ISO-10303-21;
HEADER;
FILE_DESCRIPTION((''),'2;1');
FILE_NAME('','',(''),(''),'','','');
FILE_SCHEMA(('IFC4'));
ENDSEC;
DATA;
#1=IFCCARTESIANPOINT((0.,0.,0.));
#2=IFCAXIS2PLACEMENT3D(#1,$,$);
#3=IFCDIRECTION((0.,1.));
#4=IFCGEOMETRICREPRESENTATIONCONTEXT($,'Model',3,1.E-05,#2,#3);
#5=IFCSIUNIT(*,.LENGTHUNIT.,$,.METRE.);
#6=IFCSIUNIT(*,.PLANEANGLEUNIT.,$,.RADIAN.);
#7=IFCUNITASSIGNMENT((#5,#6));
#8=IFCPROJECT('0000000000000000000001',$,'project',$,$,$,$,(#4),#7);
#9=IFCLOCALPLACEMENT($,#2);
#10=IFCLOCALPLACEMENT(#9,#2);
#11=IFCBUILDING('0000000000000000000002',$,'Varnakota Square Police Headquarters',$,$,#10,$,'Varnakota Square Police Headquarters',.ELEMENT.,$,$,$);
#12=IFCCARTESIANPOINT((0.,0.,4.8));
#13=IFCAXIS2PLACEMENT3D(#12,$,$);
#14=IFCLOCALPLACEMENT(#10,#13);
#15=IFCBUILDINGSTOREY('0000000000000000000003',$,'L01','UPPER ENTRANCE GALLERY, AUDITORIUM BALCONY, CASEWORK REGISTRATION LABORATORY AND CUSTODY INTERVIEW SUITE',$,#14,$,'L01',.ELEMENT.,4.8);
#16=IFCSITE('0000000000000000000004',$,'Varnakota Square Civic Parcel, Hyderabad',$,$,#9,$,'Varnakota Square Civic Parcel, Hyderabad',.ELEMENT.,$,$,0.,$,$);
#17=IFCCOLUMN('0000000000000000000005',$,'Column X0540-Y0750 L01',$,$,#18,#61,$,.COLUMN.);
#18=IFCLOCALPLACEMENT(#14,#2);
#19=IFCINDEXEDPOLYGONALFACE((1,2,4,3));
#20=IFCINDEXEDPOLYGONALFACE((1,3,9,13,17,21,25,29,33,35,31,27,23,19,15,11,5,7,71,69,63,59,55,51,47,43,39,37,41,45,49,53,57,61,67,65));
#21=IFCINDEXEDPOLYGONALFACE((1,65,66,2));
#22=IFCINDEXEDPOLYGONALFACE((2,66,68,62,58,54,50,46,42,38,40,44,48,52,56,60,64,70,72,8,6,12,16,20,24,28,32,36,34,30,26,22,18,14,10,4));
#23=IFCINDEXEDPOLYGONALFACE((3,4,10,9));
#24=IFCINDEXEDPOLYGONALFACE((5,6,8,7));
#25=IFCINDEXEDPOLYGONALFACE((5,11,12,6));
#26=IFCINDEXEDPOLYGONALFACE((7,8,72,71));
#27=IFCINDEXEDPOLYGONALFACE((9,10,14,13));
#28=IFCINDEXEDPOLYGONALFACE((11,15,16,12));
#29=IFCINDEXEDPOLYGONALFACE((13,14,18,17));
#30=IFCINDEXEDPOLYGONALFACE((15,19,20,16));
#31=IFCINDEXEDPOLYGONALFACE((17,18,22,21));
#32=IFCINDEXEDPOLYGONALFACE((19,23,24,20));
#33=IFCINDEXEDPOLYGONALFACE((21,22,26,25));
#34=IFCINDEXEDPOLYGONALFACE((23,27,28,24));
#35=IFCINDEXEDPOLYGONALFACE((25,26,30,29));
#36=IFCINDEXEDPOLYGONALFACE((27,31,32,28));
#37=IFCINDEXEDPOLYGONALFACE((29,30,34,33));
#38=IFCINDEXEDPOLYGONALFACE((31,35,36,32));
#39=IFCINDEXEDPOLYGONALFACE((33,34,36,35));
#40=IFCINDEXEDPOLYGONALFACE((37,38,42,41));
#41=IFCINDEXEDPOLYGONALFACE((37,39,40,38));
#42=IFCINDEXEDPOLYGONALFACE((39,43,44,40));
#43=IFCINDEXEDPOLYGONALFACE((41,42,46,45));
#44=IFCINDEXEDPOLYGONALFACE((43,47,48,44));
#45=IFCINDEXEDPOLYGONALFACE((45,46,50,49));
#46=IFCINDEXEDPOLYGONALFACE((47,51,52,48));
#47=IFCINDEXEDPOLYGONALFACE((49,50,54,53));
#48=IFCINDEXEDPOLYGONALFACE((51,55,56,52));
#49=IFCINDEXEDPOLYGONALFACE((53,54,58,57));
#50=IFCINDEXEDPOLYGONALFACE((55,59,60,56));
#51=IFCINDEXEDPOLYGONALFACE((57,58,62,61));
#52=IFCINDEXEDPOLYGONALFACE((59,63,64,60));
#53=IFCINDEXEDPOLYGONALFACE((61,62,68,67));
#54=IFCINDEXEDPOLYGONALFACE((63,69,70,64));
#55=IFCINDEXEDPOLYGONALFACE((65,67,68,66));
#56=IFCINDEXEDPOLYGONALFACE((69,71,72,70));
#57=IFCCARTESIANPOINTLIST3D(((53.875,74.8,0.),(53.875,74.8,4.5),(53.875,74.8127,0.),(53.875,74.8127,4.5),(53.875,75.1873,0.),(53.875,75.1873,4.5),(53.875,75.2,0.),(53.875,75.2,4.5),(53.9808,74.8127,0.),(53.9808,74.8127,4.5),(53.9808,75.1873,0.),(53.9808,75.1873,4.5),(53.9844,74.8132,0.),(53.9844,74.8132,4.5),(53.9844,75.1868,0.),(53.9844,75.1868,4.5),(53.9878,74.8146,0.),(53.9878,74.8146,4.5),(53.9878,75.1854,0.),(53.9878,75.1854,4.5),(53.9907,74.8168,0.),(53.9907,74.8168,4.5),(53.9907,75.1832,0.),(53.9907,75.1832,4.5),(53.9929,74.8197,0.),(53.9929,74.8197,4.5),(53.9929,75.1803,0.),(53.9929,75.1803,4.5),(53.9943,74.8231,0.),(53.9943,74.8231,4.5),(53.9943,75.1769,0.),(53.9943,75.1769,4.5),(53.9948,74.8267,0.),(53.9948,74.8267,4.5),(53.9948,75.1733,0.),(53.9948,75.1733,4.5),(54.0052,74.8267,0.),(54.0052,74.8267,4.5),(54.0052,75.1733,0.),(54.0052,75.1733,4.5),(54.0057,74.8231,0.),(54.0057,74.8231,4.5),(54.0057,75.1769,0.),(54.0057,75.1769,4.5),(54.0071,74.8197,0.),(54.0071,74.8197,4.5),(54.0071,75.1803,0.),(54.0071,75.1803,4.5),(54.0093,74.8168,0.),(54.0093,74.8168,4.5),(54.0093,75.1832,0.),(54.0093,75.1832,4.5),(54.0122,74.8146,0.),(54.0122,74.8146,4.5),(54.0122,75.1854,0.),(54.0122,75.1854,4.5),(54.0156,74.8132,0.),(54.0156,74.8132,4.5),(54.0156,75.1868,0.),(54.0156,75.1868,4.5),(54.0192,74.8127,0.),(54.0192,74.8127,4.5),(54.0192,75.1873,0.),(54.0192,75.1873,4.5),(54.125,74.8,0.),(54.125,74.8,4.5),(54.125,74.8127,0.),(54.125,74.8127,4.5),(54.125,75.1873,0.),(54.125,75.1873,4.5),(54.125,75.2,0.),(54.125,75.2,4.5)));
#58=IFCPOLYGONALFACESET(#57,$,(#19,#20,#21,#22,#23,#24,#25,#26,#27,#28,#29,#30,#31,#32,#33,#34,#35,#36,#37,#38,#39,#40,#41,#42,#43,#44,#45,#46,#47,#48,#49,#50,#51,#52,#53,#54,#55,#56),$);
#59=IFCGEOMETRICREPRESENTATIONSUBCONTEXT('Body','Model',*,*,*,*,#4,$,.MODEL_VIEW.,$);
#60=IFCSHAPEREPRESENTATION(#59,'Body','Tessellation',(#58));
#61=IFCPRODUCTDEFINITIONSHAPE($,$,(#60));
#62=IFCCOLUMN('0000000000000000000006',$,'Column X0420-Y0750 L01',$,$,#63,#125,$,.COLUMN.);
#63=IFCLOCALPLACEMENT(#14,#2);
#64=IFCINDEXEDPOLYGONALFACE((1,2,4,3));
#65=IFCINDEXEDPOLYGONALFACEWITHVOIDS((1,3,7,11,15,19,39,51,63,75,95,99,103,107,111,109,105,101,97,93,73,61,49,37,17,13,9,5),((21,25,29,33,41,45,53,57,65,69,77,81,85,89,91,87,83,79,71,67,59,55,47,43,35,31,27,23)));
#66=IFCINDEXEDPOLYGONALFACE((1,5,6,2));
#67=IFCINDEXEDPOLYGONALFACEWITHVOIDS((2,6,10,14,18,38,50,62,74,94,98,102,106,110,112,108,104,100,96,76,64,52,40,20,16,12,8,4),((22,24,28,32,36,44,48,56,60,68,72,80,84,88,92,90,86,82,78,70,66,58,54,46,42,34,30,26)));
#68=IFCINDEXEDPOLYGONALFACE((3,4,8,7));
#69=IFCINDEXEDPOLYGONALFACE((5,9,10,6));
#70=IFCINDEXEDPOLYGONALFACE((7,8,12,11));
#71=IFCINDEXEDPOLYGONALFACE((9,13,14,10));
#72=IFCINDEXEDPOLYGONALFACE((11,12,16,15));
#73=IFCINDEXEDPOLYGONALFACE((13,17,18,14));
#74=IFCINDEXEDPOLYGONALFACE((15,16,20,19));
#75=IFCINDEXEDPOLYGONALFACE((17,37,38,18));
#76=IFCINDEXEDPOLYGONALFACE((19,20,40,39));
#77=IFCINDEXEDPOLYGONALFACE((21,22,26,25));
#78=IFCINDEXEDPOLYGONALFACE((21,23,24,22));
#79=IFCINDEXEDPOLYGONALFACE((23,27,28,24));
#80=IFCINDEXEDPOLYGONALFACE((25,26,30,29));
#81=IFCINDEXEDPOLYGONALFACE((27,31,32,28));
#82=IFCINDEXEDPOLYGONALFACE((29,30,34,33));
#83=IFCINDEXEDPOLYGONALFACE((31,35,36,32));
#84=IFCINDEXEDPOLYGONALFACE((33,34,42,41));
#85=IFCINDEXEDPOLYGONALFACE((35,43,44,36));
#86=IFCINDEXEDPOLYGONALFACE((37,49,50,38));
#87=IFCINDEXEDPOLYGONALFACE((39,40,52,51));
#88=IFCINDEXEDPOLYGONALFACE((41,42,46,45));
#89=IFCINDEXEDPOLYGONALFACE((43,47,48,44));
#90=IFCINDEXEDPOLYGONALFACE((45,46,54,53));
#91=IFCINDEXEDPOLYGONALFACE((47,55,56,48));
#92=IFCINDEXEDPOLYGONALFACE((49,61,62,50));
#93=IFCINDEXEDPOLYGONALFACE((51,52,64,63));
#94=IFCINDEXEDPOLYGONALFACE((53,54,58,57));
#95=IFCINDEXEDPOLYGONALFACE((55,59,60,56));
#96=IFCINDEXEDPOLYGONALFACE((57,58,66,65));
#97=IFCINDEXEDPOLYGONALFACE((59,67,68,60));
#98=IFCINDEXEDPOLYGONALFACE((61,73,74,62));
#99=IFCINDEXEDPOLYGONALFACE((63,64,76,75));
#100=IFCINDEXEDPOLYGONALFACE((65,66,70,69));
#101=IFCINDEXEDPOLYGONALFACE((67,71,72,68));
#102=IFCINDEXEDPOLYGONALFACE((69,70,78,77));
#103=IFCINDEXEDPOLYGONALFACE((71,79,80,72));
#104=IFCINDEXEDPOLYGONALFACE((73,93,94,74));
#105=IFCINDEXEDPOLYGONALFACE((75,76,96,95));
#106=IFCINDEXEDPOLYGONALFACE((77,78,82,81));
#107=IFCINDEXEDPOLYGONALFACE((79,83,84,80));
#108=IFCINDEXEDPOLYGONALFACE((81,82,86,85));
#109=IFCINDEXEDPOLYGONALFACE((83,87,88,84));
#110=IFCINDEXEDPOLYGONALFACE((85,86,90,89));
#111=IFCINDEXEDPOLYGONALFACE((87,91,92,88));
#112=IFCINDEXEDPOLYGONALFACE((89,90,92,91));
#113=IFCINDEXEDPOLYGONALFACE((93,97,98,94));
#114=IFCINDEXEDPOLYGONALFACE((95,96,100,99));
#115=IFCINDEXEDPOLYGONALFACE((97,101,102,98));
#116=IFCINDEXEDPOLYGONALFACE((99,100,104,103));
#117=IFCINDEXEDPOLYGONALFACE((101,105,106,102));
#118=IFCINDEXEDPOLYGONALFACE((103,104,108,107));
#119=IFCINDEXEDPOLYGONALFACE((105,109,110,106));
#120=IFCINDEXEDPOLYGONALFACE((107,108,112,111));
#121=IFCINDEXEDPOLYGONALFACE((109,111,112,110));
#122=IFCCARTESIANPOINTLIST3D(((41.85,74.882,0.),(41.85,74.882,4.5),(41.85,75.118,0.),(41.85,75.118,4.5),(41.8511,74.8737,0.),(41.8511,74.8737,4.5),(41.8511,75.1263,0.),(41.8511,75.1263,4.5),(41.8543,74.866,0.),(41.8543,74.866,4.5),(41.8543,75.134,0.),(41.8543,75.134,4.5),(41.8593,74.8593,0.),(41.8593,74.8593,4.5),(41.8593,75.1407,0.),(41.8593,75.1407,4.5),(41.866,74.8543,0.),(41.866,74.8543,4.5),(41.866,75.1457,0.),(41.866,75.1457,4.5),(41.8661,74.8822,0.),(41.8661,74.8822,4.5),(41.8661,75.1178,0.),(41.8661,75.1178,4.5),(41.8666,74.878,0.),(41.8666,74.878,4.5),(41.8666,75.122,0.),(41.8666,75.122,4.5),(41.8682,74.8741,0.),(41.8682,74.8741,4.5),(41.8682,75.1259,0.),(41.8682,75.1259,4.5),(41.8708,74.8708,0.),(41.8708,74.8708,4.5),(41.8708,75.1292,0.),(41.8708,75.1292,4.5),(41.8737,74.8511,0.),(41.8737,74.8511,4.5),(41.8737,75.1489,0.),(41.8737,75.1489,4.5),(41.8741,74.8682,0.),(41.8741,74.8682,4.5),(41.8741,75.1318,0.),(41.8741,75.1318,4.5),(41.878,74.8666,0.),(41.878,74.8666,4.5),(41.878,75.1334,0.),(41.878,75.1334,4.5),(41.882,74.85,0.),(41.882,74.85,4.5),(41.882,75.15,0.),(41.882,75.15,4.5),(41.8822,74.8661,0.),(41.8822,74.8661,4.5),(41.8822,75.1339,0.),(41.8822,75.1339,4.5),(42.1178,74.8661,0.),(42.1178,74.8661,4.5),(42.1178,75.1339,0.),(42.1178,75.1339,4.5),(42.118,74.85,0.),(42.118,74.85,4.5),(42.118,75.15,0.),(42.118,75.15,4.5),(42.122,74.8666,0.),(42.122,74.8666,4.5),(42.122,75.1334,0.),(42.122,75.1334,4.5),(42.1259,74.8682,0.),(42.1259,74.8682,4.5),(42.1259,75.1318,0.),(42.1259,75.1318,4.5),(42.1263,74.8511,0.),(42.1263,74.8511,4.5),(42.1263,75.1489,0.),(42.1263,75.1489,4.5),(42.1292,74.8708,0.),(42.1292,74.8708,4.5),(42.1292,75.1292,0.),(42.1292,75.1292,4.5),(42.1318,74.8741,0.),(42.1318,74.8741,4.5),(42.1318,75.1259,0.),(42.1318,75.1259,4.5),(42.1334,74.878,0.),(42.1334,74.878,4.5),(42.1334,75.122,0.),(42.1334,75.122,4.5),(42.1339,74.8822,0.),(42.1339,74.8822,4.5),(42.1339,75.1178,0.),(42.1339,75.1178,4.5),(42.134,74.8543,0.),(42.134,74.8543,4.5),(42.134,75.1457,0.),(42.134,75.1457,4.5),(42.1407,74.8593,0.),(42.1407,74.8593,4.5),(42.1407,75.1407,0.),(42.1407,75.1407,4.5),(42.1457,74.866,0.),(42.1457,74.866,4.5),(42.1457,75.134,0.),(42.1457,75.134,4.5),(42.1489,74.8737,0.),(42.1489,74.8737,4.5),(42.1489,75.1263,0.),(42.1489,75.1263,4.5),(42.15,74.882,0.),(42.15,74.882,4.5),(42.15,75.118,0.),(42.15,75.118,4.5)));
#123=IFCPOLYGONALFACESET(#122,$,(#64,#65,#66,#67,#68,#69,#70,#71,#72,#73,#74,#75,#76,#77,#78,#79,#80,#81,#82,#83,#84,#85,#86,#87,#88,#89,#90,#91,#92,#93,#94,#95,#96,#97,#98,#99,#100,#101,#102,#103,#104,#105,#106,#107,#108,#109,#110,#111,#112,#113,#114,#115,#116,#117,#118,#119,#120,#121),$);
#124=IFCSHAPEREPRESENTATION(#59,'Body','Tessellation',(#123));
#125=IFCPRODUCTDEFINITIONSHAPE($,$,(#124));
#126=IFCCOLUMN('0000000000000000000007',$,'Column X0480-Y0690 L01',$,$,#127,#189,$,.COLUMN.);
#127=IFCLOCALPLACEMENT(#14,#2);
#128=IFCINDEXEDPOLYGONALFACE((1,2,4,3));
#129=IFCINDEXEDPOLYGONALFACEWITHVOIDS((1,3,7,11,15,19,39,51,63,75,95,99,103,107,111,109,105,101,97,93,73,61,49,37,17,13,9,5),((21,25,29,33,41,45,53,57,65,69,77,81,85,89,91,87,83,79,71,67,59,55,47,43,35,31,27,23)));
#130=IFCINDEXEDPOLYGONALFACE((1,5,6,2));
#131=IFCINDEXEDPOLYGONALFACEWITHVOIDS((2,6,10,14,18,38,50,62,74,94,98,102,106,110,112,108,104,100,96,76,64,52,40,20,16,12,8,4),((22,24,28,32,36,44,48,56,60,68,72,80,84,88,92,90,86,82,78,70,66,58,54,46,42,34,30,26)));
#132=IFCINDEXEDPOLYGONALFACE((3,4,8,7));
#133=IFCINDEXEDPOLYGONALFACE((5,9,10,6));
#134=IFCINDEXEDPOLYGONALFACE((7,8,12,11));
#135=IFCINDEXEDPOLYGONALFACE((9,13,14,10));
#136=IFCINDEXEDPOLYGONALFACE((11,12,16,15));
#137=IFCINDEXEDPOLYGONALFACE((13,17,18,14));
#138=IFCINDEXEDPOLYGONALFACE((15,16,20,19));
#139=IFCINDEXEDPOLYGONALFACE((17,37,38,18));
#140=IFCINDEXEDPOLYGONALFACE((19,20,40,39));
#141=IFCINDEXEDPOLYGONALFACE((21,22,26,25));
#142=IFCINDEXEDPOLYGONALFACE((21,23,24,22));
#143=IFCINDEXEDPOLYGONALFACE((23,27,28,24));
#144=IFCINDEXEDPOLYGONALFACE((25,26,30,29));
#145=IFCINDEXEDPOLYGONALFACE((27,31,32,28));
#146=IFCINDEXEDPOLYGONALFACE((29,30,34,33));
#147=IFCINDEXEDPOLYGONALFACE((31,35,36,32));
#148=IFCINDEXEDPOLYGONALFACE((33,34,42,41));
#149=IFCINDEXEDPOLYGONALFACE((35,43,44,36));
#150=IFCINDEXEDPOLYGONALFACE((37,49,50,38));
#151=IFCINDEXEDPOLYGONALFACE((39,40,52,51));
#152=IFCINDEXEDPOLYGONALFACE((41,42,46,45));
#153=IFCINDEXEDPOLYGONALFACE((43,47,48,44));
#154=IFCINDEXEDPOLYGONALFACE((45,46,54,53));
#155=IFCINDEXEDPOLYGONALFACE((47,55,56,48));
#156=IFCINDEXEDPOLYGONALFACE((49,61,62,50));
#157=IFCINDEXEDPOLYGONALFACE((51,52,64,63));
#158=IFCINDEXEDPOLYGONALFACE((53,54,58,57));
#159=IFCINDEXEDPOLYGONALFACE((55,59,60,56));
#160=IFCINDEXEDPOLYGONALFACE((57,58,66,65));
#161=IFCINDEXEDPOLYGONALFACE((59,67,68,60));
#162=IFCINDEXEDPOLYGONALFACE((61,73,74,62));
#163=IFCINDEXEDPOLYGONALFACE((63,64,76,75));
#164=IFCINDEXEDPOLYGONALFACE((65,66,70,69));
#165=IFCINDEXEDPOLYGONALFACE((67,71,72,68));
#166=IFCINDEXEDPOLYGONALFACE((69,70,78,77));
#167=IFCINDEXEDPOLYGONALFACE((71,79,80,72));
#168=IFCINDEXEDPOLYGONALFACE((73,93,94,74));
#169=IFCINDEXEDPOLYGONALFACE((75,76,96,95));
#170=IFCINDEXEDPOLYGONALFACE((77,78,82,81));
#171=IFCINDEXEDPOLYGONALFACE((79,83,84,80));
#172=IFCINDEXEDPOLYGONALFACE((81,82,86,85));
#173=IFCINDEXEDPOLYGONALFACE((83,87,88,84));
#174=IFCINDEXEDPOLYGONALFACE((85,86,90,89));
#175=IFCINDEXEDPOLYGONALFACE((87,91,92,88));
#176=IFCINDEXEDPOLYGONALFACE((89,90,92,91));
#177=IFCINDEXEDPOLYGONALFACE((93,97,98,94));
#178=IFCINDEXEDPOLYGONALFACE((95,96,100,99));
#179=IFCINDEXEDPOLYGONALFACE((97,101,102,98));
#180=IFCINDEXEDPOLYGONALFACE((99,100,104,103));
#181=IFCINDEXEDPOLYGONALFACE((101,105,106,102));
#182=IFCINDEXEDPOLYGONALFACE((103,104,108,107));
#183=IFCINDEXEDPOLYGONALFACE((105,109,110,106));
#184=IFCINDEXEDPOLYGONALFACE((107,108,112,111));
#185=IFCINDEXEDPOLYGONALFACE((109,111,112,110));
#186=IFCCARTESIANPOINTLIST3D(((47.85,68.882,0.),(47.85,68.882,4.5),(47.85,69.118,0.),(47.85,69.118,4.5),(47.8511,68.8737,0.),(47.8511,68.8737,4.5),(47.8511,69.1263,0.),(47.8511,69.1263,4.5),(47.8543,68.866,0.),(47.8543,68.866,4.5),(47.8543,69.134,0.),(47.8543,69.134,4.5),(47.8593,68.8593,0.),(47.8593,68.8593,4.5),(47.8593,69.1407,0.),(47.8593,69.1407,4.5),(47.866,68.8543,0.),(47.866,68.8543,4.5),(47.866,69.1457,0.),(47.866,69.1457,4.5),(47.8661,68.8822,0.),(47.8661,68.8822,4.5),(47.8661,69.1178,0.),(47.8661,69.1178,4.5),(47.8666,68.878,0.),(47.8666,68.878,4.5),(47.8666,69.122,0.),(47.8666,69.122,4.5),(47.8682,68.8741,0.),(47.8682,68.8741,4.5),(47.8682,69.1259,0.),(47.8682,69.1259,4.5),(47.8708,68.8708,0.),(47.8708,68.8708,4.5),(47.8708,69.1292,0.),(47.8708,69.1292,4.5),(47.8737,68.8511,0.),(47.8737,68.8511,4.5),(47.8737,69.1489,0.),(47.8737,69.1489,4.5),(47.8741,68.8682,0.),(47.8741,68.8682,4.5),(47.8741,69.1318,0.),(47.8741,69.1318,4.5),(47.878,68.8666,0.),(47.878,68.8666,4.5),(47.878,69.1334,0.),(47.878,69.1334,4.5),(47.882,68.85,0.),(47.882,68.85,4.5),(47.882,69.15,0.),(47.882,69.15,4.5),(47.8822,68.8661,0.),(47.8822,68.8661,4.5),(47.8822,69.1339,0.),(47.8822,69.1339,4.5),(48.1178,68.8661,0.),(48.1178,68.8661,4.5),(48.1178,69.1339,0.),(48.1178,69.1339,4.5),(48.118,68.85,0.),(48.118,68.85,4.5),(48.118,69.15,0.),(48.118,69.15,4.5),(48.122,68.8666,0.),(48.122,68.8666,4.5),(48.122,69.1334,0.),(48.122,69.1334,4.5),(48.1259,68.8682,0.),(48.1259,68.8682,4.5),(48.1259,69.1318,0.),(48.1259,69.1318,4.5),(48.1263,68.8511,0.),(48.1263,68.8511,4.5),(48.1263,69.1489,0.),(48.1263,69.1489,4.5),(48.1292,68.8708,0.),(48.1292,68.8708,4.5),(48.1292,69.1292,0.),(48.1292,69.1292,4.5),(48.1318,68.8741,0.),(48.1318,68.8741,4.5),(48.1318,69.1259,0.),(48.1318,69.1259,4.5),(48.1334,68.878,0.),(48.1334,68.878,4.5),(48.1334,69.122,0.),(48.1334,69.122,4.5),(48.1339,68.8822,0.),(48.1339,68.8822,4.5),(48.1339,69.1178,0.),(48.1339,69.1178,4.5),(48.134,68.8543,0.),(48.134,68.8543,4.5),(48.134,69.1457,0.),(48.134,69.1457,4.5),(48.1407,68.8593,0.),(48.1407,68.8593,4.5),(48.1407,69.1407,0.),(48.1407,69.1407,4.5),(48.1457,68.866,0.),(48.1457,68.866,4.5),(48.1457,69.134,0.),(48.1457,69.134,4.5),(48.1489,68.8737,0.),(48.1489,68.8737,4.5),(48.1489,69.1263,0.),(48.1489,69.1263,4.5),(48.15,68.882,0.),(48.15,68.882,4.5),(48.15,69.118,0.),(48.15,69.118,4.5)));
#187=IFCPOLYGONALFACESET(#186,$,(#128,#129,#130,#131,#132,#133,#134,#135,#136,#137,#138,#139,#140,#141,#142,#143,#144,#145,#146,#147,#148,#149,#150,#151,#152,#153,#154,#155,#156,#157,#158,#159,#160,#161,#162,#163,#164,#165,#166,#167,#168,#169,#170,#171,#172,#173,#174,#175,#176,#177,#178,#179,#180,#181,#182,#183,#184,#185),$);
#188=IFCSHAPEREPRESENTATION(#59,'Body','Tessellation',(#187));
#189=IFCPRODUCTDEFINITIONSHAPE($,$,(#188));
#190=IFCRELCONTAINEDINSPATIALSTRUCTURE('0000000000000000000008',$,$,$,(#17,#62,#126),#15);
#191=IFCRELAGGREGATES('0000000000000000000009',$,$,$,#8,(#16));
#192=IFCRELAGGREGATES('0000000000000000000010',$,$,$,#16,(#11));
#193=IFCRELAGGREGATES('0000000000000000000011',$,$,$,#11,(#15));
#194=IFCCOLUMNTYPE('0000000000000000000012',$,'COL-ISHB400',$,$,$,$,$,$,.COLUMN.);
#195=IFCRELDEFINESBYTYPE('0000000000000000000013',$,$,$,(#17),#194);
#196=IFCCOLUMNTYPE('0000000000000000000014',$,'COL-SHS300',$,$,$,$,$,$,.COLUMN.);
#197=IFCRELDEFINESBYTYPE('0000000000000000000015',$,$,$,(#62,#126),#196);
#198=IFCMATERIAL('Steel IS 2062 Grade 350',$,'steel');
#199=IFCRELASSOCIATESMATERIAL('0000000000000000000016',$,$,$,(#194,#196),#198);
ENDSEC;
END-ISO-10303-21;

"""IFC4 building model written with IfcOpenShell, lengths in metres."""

from ifc_helpers import new_model, si_unit, direction, frame, origin, origin_2d, place, context, subcontext, project, spatial, hollow_rectangle, i_section, extrude, material, material_profile, profile_set, type_object, element, save


model = new_model("IFC4")

# Units and contexts
model_context = context("Model", 3, precision=1e-05, world=origin(), true_north=direction((0.0, 1.0)))
body_context = subcontext(model_context, "Body", "Model", "MODEL_VIEW")
ifc_project = project(units=[si_unit("LENGTHUNIT", "METRE"), si_unit("PLANEANGLEUNIT", "RADIAN")], contexts=[model_context])

# Site, building, storey
site_placement = place(None, origin())
site = spatial("IfcSite", under=ifc_project, at=site_placement, Name="Varnakota Square Civic Parcel, Hyderabad", LongName="Varnakota Square Civic Parcel, Hyderabad", CompositionType="ELEMENT", RefElevation=0.0)
building_placement = place(site_placement, origin())
building = spatial("IfcBuilding", under=site, at=building_placement, Name="Varnakota Square Police Headquarters", LongName="Varnakota Square Police Headquarters", CompositionType="ELEMENT")
storey_placement = place(building_placement, frame((0.0, 0.0, 4.8)))
storey = spatial("IfcBuildingStorey", under=building, at=storey_placement, Name="L01", Description="UPPER ENTRANCE GALLERY, AUDITORIUM BALCONY, CASEWORK REGISTRATION LABORATORY AND CUSTODY INTERVIEW SUITE", LongName="L01", CompositionType="ELEMENT", Elevation=4.8)

# Columns
ifc_material_1 = material(Name="Steel IS 2062 Grade 350", Category="steel")
ifc_material_profile_1 = material_profile(ifc_material_1, i_section(OverallWidth=0.25, OverallDepth=0.3999, WebThickness=0.0105, FlangeThickness=0.0127, FilletRadius=0.0139, at=origin_2d()), Name="ISHB 400")
ifc_profile_set_1 = profile_set([ifc_material_profile_1], Name="Steel IS 2062 Grade 350")
column_type_1 = type_object("IfcColumnType", Name="COL-ISHB400", PredefinedType="COLUMN", material=ifc_profile_set_1)
column_placement = place(storey_placement, frame((54.0, 75.0, 0.0), z_axis=(0.0, 0.0, 1.0), x_axis=(1.0, 0.0, 0.0)))
element("IfcColumn", 1, at=column_placement, inside=storey, type_object=column_type_1, Name="Column X0540-Y0750 L01", PredefinedType="COLUMN", context=body_context, shape_type="SweptSolid", body=[
    extrude(i_section(OverallWidth=0.25, OverallDepth=0.3999, WebThickness=0.0105, FlangeThickness=0.0127, FilletRadius=0.0139, at=origin_2d()), origin(), (0.0, 0.0, 1.0), 4.5),
])
ifc_material_profile_2 = material_profile(ifc_material_1, hollow_rectangle(XDim=0.3, YDim=0.3, WallThickness=0.0161, InnerFilletRadius=0.0161, OuterFilletRadius=0.032, at=origin_2d()), Name="SHS 300x300x16")
ifc_profile_set_2 = profile_set([ifc_material_profile_2], Name="Steel IS 2062 Grade 350")
column_type_2 = type_object("IfcColumnType", Name="COL-SHS300", PredefinedType="COLUMN", material=ifc_profile_set_2)
for number, where, z_axis, x_axis, name in (
    (2, (42.0, 75.0, 0.0), (0.0, 0.0, 1.0), (1.0, 0.0, 0.0), "Column X0420-Y0750 L01"),
    (3, (48.0, 69.0, 0.0), (0.0, 0.0, 1.0), (1.0, 0.0, 0.0), "Column X0480-Y0690 L01"),
):
    element("IfcColumn", number, at=place(storey_placement, frame(where, z_axis=z_axis, x_axis=x_axis)), inside=storey, type_object=column_type_2, Name=name, PredefinedType="COLUMN", context=body_context, shape_type="SweptSolid", body=[
        extrude(hollow_rectangle(XDim=0.3, YDim=0.3, WallThickness=0.0161, InnerFilletRadius=0.0161, OuterFilletRadius=0.032, at=origin_2d()), origin(), (0.0, 0.0, 1.0), 4.5),
    ])

save(model, "model.ifc")
